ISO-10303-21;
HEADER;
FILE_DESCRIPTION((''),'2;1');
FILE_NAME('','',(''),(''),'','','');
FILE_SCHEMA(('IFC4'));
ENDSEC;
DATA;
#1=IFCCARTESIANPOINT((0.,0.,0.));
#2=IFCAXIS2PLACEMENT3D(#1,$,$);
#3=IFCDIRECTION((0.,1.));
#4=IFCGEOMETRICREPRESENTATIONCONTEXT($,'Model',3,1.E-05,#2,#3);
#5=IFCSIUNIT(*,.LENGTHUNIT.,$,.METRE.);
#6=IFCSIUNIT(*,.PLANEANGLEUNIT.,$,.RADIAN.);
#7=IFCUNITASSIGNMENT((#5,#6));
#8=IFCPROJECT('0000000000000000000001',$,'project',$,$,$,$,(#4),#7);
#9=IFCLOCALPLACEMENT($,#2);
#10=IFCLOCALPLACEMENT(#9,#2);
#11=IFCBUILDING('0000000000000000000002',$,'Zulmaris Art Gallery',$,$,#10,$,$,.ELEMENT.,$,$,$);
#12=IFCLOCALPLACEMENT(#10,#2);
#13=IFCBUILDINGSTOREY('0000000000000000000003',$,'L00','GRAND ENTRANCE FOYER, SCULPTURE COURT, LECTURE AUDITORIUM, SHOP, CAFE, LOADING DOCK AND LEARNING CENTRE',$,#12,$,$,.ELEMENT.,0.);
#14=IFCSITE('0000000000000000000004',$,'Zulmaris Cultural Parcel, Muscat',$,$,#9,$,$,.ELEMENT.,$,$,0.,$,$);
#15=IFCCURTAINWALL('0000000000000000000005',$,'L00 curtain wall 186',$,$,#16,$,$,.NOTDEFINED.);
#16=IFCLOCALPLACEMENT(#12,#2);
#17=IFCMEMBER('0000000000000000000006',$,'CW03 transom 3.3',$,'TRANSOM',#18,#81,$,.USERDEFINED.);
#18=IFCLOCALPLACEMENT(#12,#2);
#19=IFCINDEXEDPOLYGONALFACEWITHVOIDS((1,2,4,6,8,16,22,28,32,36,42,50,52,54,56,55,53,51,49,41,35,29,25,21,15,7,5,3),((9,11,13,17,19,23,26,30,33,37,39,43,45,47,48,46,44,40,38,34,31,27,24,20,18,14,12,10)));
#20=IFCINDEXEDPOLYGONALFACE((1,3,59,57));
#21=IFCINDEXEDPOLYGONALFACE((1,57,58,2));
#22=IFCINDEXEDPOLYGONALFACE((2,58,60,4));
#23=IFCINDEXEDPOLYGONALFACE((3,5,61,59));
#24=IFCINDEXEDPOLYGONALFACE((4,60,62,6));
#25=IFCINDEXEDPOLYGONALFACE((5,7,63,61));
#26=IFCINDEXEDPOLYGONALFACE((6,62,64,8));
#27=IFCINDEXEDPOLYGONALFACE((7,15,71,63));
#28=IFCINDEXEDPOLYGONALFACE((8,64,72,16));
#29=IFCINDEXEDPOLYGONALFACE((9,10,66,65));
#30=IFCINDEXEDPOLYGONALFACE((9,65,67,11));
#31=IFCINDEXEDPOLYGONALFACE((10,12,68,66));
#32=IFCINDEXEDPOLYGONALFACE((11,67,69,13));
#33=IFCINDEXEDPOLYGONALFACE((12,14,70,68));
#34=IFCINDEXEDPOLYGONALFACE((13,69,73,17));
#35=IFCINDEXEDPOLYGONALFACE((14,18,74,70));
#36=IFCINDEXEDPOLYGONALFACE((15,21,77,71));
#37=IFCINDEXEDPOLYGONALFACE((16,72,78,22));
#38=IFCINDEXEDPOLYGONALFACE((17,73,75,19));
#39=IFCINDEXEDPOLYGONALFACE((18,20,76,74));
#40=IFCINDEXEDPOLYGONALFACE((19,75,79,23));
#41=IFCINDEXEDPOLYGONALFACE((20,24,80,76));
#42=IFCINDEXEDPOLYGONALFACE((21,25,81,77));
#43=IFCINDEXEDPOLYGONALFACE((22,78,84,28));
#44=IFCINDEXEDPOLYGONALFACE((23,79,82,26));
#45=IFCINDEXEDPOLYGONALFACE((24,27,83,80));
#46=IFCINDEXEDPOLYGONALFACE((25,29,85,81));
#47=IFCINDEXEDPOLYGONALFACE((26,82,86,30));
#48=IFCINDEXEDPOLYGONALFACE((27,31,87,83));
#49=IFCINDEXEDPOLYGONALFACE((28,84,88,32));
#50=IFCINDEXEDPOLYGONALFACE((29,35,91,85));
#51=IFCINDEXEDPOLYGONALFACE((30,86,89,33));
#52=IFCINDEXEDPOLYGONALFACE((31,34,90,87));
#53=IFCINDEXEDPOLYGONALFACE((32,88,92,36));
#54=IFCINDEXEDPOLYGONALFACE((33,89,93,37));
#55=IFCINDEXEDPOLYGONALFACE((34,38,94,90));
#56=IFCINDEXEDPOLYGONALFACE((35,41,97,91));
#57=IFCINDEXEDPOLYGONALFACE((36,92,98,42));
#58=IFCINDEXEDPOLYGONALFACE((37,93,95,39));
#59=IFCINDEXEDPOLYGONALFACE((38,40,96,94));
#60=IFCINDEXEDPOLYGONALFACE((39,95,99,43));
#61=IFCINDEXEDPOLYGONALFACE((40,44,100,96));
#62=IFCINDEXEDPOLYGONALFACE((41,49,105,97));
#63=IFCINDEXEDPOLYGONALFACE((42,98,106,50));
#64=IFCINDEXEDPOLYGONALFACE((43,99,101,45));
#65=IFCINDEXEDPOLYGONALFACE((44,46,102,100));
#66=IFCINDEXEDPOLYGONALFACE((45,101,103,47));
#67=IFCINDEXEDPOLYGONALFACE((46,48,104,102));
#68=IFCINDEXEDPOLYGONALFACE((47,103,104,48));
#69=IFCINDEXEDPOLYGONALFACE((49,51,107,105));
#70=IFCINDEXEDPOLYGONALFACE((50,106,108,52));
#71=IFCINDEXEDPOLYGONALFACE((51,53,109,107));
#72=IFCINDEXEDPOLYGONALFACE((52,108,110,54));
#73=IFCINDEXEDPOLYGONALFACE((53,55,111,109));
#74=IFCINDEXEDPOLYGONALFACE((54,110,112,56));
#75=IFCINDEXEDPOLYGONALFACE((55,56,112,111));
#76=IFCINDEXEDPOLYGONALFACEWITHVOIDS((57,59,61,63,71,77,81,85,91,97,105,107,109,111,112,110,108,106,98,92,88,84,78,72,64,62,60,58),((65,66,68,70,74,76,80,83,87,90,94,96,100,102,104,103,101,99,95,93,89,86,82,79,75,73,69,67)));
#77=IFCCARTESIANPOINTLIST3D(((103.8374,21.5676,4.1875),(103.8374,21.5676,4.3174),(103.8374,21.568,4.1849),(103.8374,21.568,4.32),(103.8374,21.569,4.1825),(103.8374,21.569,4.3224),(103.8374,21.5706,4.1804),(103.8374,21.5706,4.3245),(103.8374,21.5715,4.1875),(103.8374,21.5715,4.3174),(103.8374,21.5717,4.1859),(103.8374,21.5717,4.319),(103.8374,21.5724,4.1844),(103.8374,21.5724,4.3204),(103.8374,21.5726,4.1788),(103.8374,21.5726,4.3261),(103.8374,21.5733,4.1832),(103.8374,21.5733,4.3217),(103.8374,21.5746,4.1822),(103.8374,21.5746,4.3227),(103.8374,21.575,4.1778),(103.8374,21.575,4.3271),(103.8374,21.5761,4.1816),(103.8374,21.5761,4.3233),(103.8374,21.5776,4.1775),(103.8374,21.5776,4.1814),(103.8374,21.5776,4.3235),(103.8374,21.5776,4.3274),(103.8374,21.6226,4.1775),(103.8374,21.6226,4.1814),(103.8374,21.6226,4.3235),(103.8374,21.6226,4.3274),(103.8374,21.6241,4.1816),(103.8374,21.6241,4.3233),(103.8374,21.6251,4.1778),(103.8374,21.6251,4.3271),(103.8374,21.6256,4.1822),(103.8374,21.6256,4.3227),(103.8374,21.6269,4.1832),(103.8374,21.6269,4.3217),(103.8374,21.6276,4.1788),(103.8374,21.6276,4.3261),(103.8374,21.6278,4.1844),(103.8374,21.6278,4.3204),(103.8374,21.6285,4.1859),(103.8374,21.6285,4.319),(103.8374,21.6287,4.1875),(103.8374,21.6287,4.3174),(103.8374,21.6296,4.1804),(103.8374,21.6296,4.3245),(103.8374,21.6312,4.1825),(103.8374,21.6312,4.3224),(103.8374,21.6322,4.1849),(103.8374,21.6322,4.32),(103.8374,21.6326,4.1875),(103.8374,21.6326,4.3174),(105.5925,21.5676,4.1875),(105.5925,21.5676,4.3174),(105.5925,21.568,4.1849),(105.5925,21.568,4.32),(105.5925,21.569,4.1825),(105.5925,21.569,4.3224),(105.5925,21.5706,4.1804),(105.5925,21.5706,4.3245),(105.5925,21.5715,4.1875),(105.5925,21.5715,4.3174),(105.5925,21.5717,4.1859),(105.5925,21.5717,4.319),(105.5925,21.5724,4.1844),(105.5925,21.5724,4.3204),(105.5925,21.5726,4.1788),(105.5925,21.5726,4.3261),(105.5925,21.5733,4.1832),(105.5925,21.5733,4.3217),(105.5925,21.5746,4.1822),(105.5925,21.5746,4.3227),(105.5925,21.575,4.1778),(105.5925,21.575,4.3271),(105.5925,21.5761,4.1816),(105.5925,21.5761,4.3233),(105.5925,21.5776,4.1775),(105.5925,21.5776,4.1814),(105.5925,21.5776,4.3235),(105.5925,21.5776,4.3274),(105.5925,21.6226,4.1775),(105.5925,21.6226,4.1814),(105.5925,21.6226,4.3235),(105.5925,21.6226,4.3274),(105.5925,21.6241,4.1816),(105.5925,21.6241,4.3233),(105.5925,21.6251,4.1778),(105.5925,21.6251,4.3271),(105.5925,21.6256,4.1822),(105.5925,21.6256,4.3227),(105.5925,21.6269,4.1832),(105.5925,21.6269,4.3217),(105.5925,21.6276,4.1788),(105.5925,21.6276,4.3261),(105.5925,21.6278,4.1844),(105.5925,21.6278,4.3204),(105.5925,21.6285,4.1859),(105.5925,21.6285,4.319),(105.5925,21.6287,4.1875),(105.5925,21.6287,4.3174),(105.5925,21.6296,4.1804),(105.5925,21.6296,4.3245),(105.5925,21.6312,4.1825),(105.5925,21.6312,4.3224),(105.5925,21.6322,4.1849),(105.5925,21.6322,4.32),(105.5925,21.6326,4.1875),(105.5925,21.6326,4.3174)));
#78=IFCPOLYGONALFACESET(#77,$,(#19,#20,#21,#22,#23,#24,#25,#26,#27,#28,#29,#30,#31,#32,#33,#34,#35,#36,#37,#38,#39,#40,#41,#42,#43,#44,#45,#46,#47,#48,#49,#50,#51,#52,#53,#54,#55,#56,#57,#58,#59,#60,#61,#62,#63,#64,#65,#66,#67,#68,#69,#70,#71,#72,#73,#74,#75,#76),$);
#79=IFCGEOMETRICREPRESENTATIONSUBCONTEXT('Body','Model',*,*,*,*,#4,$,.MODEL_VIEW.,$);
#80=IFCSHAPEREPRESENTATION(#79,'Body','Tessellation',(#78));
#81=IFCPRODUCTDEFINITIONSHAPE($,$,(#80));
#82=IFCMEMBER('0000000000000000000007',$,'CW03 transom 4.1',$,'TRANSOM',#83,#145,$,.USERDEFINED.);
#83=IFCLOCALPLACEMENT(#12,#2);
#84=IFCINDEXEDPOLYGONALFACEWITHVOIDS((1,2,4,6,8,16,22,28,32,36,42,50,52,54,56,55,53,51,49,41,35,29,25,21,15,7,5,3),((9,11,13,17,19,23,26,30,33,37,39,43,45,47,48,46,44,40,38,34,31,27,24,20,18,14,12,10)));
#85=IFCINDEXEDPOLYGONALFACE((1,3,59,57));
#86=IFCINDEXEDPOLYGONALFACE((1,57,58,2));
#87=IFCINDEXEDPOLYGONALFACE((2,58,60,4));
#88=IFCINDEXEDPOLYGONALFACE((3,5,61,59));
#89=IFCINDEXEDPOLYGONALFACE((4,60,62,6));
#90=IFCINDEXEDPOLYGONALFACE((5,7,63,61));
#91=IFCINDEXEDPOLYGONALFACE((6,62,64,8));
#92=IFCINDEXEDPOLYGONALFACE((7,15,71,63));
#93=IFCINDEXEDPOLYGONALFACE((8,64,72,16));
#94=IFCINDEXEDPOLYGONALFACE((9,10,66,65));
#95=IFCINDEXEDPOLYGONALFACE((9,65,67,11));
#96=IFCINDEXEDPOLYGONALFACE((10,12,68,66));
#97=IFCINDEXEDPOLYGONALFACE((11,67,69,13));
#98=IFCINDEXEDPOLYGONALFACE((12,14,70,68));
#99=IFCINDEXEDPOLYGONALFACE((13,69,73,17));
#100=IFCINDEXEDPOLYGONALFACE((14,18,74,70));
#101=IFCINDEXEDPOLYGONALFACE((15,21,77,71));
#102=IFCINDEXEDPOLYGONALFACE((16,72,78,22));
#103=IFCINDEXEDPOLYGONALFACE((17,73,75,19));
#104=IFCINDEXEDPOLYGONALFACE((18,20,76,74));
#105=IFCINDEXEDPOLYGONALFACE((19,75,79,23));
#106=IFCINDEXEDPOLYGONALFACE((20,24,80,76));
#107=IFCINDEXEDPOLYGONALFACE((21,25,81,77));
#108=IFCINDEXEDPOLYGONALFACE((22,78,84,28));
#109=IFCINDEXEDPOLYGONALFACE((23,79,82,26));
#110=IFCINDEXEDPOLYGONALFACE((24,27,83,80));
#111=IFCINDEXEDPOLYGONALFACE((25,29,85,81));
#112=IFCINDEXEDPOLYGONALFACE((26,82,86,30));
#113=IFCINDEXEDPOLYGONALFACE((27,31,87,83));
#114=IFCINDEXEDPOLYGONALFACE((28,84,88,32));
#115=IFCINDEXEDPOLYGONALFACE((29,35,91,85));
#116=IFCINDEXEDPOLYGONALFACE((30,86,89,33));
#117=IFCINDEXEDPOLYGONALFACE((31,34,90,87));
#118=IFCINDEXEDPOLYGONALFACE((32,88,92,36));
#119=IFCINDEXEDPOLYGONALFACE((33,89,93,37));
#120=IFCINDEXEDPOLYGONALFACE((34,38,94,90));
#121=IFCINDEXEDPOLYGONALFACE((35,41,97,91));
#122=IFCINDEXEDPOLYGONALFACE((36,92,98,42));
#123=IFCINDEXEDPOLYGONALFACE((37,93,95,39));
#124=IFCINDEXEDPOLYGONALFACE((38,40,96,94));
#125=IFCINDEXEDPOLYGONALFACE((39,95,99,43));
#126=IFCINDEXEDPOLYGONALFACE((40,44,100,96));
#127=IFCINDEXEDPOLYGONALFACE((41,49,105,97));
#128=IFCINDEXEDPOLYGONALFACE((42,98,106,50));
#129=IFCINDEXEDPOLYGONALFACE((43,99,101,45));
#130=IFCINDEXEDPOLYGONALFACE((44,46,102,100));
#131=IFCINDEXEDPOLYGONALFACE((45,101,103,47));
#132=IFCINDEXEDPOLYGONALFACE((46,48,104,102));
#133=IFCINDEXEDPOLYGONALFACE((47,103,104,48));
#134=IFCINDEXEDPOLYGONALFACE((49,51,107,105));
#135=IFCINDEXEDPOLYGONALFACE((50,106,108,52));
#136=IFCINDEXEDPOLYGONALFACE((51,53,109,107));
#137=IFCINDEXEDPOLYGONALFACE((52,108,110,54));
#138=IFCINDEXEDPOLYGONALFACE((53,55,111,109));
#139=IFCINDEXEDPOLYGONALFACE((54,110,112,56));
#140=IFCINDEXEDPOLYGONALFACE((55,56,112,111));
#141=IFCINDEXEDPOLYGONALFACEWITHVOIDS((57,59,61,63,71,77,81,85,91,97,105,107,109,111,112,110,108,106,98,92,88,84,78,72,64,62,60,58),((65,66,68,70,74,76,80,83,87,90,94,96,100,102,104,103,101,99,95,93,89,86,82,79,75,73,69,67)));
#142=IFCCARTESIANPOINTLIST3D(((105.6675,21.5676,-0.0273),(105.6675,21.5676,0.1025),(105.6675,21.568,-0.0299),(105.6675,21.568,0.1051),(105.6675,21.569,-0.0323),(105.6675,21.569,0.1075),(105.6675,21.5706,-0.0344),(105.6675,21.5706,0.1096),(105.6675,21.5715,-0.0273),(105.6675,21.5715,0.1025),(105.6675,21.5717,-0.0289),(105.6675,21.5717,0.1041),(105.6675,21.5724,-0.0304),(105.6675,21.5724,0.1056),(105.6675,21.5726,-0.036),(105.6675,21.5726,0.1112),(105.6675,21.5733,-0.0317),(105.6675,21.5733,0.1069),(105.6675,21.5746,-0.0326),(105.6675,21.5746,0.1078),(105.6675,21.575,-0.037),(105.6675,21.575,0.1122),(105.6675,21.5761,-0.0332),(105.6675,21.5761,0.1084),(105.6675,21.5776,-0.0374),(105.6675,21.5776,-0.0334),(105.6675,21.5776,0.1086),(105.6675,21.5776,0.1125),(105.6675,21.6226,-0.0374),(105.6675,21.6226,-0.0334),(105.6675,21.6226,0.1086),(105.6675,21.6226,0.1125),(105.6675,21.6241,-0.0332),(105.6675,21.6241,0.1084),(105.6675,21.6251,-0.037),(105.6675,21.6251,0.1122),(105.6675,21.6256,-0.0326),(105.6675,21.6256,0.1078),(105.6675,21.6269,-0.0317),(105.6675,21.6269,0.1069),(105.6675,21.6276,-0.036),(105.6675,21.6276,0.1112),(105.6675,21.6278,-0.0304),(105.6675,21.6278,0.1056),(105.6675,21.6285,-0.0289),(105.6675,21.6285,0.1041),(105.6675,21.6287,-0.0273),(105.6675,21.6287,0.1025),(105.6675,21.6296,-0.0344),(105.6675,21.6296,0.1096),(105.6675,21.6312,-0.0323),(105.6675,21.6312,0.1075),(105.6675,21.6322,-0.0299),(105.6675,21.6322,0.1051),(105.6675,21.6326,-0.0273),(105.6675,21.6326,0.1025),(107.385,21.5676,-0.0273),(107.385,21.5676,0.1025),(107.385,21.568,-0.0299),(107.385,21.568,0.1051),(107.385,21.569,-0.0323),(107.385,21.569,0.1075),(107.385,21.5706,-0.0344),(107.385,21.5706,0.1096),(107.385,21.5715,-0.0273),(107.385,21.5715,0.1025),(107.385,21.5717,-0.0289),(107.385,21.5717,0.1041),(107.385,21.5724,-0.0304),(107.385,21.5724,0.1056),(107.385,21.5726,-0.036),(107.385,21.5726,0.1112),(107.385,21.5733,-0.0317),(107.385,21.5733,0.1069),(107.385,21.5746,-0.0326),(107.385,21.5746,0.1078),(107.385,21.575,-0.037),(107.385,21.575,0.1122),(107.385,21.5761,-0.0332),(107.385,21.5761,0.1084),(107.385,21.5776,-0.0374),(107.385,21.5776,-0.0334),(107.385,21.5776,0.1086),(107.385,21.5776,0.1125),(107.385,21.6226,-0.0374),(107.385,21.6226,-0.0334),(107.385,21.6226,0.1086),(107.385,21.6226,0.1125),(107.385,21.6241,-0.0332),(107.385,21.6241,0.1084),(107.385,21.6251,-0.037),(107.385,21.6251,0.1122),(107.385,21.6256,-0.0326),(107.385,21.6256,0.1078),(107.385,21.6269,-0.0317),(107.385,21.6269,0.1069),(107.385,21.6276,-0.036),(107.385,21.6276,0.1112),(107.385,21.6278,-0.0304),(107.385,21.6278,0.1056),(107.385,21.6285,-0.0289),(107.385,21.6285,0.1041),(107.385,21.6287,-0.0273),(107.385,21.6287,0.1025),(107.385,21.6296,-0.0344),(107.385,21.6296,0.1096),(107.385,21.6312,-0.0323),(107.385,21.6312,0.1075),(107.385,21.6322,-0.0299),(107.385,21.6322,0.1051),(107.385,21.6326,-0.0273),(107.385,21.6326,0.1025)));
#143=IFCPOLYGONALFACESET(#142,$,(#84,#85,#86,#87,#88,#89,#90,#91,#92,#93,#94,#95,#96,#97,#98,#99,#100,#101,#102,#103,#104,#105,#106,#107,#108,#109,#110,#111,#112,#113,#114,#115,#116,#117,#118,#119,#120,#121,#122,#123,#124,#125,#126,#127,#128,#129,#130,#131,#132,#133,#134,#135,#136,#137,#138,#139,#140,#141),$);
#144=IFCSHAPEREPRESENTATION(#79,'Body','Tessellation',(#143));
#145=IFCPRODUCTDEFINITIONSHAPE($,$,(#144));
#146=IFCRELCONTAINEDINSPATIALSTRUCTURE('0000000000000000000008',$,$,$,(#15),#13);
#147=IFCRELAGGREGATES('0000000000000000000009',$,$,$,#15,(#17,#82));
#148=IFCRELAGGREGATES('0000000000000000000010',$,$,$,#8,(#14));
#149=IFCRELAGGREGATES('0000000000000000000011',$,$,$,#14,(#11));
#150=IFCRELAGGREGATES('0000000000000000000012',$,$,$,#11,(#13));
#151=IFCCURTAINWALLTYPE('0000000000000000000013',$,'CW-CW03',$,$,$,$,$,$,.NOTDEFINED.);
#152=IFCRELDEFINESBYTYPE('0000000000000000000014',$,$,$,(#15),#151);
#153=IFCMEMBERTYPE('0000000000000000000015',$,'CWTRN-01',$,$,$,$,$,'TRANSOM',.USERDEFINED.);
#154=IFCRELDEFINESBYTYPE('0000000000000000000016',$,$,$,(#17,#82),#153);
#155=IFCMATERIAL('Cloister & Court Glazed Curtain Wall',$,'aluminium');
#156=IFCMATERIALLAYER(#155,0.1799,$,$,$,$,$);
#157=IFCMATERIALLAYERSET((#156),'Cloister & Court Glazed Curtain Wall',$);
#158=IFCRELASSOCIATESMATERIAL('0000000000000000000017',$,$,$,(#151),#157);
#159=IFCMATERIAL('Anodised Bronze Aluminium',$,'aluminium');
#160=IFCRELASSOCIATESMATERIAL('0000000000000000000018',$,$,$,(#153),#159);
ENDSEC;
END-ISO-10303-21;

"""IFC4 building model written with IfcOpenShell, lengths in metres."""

from ifc_helpers import new_model, si_unit, direction, frame, origin, origin_2d, place, context, subcontext, project, spatial, hollow_rectangle, extrude, material, layer, layer_set, material_profile, profile_set, type_object, element, aggregate, save


model = new_model("IFC4")

# Units and contexts
model_context = context("Model", 3, precision=1e-05, world=origin(), true_north=direction((0.0, 1.0)))
body_context = subcontext(model_context, "Body", "Model", "MODEL_VIEW")
ifc_project = project(units=[si_unit("LENGTHUNIT", "METRE"), si_unit("PLANEANGLEUNIT", "RADIAN")], contexts=[model_context])

# Site, building, storey
site_placement = place(None, origin())
site = spatial("IfcSite", under=ifc_project, at=site_placement, Name="Zulmaris Cultural Parcel, Muscat", CompositionType="ELEMENT", RefElevation=0.0)
building_placement = place(site_placement, origin())
building = spatial("IfcBuilding", under=site, at=building_placement, Name="Zulmaris Art Gallery", CompositionType="ELEMENT")
storey_placement = place(building_placement, origin())
storey = spatial("IfcBuildingStorey", under=building, at=storey_placement, Name="L00", Description="GRAND ENTRANCE FOYER, SCULPTURE COURT, LECTURE AUDITORIUM, SHOP, CAFE, LOADING DOCK AND LEARNING CENTRE", CompositionType="ELEMENT", Elevation=0.0)

# Shared definitions
ifc_material_1 = material(Name="Cloister & Court Glazed Curtain Wall", Category="aluminium")
ifc_layer_1 = layer(ifc_material_1, 0.1799)
ifc_layer_set_1 = layer_set([ifc_layer_1], Name="Cloister & Court Glazed Curtain Wall")
curtain_wall_type = type_object("IfcCurtainWallType", Name="CW-CW03", PredefinedType="NOTDEFINED", material=ifc_layer_set_1)
ifc_material_2 = material(Name="Anodised Bronze Aluminium", Category="aluminium")

# Curtain wall, members
curtain_wall_1_placement = place(storey_placement, origin())
curtain_wall_1 = element("IfcCurtainWall", 1, at=curtain_wall_1_placement, inside=storey, type_object=curtain_wall_type, Name="L00 curtain wall 186", PredefinedType="NOTDEFINED")
ifc_material_profile_1 = material_profile(ifc_material_2, hollow_rectangle(XDim=0.0649, YDim=0.1499, WallThickness=0.0039, InnerFilletRadius=0.0061, OuterFilletRadius=0.01, at=origin_2d()), Name="ALU 65x150x4")
ifc_profile_set_1 = profile_set([ifc_material_profile_1], Name="Anodised Bronze Aluminium")
member_type_1 = type_object("IfcMemberType", Name="CWTRN-01", ElementType="TRANSOM", PredefinedType="USERDEFINED", material=ifc_profile_set_1)
member_1_placement = place(storey_placement, frame((103.8374, 21.6001, 4.2524), z_axis=(1.0, 0.0, 0.0), x_axis=(0.0, 1.0, 0.0)))
member_1 = element("IfcMember", 2, at=member_1_placement, type_object=member_type_1, Name="CW03 transom 3.3", ObjectType="TRANSOM", PredefinedType="USERDEFINED", context=body_context, shape_type="SweptSolid", body=[
    extrude(hollow_rectangle(XDim=0.0649, YDim=0.1499, WallThickness=0.0039, InnerFilletRadius=0.0061, OuterFilletRadius=0.01, at=origin_2d()), origin(), (0.0, 0.0, 1.0), 1.7551),
])
member_2_placement = place(storey_placement, frame((105.6675, 21.6001, 0.0376), z_axis=(1.0, 0.0, 0.0), x_axis=(0.0, 1.0, 0.0)))
member_2 = element("IfcMember", 3, at=member_2_placement, type_object=member_type_1, Name="CW03 transom 4.1", ObjectType="TRANSOM", PredefinedType="USERDEFINED", context=body_context, shape_type="SweptSolid", body=[
    extrude(hollow_rectangle(XDim=0.0649, YDim=0.1499, WallThickness=0.0039, InnerFilletRadius=0.0061, OuterFilletRadius=0.01, at=origin_2d()), origin(), (0.0, 0.0, 1.0), 1.7175),
])

aggregate(curtain_wall_1, [member_1, member_2])

save(model, "model.ifc")
